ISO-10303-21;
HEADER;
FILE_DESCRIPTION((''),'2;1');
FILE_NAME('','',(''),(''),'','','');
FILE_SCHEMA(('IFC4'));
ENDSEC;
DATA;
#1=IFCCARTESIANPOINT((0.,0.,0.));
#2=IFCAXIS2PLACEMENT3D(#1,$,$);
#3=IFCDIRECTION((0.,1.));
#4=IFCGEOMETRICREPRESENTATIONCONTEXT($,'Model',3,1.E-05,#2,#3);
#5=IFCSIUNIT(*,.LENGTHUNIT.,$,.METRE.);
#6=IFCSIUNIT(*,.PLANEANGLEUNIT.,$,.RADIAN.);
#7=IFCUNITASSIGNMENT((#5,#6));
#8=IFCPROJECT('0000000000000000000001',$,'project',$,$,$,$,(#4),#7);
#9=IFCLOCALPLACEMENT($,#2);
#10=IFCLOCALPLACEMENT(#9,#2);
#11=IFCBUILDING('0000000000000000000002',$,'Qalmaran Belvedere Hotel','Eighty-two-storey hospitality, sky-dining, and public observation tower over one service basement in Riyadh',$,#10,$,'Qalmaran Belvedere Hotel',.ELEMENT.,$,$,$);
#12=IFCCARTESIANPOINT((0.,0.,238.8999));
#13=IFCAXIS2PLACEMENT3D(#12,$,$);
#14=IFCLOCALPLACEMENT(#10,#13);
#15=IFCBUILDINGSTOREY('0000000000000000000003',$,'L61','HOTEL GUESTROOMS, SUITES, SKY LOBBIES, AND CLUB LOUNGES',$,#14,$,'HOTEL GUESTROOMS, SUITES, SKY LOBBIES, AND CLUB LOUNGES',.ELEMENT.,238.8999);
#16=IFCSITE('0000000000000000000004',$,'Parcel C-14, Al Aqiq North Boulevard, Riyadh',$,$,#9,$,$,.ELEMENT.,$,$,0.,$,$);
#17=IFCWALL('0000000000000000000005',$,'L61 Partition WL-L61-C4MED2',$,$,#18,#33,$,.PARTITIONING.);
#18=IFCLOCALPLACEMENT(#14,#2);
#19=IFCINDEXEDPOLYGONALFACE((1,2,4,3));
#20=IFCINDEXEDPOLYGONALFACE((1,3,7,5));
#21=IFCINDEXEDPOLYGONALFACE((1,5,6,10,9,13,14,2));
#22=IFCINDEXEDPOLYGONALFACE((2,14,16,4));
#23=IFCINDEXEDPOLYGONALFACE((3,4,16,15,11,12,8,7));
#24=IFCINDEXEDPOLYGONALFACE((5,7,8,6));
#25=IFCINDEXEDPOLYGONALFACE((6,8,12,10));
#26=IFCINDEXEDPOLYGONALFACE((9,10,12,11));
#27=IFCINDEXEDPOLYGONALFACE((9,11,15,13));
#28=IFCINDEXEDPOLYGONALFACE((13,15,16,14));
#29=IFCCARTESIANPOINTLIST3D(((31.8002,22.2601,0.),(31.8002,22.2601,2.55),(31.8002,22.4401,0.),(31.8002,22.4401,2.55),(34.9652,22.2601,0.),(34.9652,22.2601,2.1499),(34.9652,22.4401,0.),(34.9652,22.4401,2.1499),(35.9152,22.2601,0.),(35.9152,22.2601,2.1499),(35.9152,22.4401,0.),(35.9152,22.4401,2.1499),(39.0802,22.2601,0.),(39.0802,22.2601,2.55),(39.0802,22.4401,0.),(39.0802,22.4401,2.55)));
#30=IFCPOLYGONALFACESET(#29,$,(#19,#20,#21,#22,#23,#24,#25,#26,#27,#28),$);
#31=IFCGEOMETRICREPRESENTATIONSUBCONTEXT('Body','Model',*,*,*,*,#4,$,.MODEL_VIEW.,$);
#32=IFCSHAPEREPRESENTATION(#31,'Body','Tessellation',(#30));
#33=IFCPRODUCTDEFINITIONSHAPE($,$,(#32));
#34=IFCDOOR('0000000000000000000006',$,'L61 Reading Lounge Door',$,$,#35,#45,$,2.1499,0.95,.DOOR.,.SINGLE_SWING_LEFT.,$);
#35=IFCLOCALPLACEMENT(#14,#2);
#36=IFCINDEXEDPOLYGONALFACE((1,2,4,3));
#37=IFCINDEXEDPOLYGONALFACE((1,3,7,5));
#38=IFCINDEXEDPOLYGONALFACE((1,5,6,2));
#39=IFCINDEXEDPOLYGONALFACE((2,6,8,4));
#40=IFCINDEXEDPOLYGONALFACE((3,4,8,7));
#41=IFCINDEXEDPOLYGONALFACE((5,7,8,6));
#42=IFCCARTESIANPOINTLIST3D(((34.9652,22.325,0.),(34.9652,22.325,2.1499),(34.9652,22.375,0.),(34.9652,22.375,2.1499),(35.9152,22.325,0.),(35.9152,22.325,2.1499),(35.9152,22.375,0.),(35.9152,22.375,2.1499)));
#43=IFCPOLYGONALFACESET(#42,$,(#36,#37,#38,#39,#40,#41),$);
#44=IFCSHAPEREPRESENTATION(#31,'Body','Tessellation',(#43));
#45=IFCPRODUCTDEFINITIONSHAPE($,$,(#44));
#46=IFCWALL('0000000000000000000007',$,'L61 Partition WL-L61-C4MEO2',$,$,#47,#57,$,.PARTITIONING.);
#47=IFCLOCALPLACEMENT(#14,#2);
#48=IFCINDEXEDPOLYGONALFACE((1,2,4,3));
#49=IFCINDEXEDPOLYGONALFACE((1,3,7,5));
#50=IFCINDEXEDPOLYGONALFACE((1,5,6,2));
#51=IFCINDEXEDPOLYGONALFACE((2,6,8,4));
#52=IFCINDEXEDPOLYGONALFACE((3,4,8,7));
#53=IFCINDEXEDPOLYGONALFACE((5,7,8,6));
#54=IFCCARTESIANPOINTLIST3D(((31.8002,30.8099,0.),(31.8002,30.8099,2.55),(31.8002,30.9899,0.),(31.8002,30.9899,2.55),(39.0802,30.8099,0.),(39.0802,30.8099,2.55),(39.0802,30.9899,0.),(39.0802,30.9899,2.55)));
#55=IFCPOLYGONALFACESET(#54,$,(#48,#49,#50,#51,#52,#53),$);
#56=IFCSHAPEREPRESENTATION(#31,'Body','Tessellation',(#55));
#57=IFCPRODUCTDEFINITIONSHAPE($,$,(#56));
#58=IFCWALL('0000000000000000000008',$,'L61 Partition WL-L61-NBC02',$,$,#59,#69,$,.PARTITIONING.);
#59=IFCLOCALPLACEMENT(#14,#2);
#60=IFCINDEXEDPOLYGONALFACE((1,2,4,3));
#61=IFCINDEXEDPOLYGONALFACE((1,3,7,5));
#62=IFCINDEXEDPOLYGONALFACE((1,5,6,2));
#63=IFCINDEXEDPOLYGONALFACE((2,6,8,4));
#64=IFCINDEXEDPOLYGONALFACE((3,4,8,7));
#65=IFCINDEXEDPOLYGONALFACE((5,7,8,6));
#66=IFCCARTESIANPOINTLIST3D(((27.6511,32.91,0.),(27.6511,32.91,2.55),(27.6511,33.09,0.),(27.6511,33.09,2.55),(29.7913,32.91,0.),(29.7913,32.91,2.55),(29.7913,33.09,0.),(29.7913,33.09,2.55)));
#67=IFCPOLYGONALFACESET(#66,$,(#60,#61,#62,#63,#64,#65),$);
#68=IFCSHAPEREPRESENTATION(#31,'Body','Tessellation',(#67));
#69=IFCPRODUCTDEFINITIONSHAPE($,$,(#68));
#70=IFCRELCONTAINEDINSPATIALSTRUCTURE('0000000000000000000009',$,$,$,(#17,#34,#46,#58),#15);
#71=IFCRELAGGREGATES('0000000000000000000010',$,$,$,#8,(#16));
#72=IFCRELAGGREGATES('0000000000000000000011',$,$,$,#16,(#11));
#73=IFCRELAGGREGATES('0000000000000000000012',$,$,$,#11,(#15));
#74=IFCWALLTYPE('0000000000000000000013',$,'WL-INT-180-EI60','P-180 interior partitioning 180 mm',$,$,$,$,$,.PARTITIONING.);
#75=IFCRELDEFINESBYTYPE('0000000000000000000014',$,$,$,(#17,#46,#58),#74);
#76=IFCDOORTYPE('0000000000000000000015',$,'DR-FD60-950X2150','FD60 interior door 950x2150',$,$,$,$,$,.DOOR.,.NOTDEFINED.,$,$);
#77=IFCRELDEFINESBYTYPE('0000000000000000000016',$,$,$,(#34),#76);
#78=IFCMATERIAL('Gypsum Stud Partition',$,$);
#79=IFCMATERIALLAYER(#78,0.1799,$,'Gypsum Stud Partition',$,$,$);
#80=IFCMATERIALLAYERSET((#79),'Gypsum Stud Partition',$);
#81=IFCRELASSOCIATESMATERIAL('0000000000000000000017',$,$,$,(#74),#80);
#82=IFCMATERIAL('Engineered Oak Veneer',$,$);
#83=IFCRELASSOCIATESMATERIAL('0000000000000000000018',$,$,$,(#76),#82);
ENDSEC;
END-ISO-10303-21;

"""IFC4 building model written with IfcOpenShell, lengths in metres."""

from ifc_helpers import new_model, si_unit, direction, frame, frame_2d, origin, place, context, subcontext, project, spatial, rectangle, extrude, material, layer, layer_set, type_object, element, fill, save


model = new_model("IFC4")

# Units and contexts
model_context = context("Model", 3, precision=1e-05, world=origin(), true_north=direction((0.0, 1.0)))
body_context = subcontext(model_context, "Body", "Model", "MODEL_VIEW")
ifc_project = project(units=[si_unit("LENGTHUNIT", "METRE"), si_unit("PLANEANGLEUNIT", "RADIAN")], contexts=[model_context])

# Site, building, storey
site_placement = place(None, origin())
site = spatial("IfcSite", under=ifc_project, at=site_placement, Name="Parcel C-14, Al Aqiq North Boulevard, Riyadh", CompositionType="ELEMENT", RefElevation=0.0)
building_placement = place(site_placement, origin())
building = spatial("IfcBuilding", under=site, at=building_placement, Name="Qalmaran Belvedere Hotel", Description="Eighty-two-storey hospitality, sky-dining, and public observation tower over one service basement in Riyadh", LongName="Qalmaran Belvedere Hotel", CompositionType="ELEMENT")
storey_placement = place(building_placement, frame((0.0, 0.0, 238.8999)))
storey = spatial("IfcBuildingStorey", under=building, at=storey_placement, Name="L61", Description="HOTEL GUESTROOMS, SUITES, SKY LOBBIES, AND CLUB LOUNGES", LongName="HOTEL GUESTROOMS, SUITES, SKY LOBBIES, AND CLUB LOUNGES", CompositionType="ELEMENT", Elevation=238.8999)

# Shared definitions
ifc_material_1 = material(Name="Gypsum Stud Partition")

# Shared definitions
ifc_layer_1 = layer(ifc_material_1, 0.1799, Name="Gypsum Stud Partition")
ifc_layer_set_1 = layer_set([ifc_layer_1], Name="Gypsum Stud Partition")
wall_type_1 = type_object("IfcWallType", Name="WL-INT-180-EI60", Description="P-180 interior partitioning 180 mm", PredefinedType="PARTITIONING", material=ifc_layer_set_1)
ifc_material_2 = material(Name="Engineered Oak Veneer")
door_type = type_object("IfcDoorType", Name="DR-FD60-950X2150", Description="FD60 interior door 950x2150", OperationType="NOTDEFINED", PredefinedType="DOOR", material=ifc_material_2)

# Wall, opening, door
wall_1_placement = place(storey_placement, frame((31.8, 22.3501, 0.0), z_axis=(0.0, 0.0, 1.0), x_axis=(1.0, 0.0, 0.0)))
wall_1 = element("IfcWall", 1, at=wall_1_placement, inside=storey, type_object=wall_type_1, Name="L61 Partition WL-L61-C4MED2", PredefinedType="PARTITIONING", context=body_context, shape_type="SweptSolid", body=[
    extrude(rectangle(XDim=7.28, YDim=0.1799, at=frame_2d((3.6401, 0.0))), origin(), (0.0, 0.0, 1.0), 2.55),
])
opening_1_placement = place(wall_1_placement, frame((3.165, 0.0, 0.0)))
opening_1 = element("IfcOpeningElement", 2, at=opening_1_placement, cuts=wall_1, PredefinedType="OPENING", context=body_context, shape_type="SweptSolid", body=[
    extrude(rectangle(XDim=0.95, YDim=2.1499, at=frame_2d((0.4751, 1.075))), frame((0.0, 0.1001, 0.0), z_axis=(0.0, -1.0, 0.0), x_axis=(1.0, 0.0, 0.0)), (0.0, 0.0, 1.0), 0.2),
])
door_1_placement = place(opening_1_placement, origin())
door_1 = element("IfcDoor", 3, at=door_1_placement, inside=storey, type_object=door_type, Name="L61 Reading Lounge Door", OperationType="SINGLE_SWING_LEFT", OverallHeight=2.1499, OverallWidth=0.95, PredefinedType="DOOR", context=body_context, shape_type="SweptSolid", body=[
    extrude(rectangle(XDim=0.95, YDim=2.1499, at=frame_2d((0.4751, 1.075))), frame((0.0, 0.0249, 0.0), z_axis=(0.0, -1.0, 0.0), x_axis=(1.0, 0.0, 0.0)), (0.0, 0.0, 1.0), 0.05),
])
fill(opening_1, door_1)

# Walls
wall_2_placement = place(storey_placement, frame((31.8, 30.8999, 0.0), z_axis=(0.0, 0.0, 1.0), x_axis=(1.0, 0.0, 0.0)))
element("IfcWall", 4, at=wall_2_placement, inside=storey, type_object=wall_type_1, Name="L61 Partition WL-L61-C4MEO2", PredefinedType="PARTITIONING", context=body_context, shape_type="SweptSolid", body=[
    extrude(rectangle(XDim=7.28, YDim=0.1799, at=frame_2d((3.6401, 0.0))), origin(), (0.0, 0.0, 1.0), 2.55),
])
wall_3_placement = place(storey_placement, frame((27.6511, 33.0, 0.0), z_axis=(0.0, 0.0, 1.0), x_axis=(1.0, 0.0, 0.0)))
element("IfcWall", 5, at=wall_3_placement, inside=storey, type_object=wall_type_1, Name="L61 Partition WL-L61-NBC02", PredefinedType="PARTITIONING", context=body_context, shape_type="SweptSolid", body=[
    extrude(rectangle(XDim=2.1401, YDim=0.1799, at=frame_2d((1.0701, 0.0))), origin(), (0.0, 0.0, 1.0), 2.55),
])

save(model, "model.ifc")
